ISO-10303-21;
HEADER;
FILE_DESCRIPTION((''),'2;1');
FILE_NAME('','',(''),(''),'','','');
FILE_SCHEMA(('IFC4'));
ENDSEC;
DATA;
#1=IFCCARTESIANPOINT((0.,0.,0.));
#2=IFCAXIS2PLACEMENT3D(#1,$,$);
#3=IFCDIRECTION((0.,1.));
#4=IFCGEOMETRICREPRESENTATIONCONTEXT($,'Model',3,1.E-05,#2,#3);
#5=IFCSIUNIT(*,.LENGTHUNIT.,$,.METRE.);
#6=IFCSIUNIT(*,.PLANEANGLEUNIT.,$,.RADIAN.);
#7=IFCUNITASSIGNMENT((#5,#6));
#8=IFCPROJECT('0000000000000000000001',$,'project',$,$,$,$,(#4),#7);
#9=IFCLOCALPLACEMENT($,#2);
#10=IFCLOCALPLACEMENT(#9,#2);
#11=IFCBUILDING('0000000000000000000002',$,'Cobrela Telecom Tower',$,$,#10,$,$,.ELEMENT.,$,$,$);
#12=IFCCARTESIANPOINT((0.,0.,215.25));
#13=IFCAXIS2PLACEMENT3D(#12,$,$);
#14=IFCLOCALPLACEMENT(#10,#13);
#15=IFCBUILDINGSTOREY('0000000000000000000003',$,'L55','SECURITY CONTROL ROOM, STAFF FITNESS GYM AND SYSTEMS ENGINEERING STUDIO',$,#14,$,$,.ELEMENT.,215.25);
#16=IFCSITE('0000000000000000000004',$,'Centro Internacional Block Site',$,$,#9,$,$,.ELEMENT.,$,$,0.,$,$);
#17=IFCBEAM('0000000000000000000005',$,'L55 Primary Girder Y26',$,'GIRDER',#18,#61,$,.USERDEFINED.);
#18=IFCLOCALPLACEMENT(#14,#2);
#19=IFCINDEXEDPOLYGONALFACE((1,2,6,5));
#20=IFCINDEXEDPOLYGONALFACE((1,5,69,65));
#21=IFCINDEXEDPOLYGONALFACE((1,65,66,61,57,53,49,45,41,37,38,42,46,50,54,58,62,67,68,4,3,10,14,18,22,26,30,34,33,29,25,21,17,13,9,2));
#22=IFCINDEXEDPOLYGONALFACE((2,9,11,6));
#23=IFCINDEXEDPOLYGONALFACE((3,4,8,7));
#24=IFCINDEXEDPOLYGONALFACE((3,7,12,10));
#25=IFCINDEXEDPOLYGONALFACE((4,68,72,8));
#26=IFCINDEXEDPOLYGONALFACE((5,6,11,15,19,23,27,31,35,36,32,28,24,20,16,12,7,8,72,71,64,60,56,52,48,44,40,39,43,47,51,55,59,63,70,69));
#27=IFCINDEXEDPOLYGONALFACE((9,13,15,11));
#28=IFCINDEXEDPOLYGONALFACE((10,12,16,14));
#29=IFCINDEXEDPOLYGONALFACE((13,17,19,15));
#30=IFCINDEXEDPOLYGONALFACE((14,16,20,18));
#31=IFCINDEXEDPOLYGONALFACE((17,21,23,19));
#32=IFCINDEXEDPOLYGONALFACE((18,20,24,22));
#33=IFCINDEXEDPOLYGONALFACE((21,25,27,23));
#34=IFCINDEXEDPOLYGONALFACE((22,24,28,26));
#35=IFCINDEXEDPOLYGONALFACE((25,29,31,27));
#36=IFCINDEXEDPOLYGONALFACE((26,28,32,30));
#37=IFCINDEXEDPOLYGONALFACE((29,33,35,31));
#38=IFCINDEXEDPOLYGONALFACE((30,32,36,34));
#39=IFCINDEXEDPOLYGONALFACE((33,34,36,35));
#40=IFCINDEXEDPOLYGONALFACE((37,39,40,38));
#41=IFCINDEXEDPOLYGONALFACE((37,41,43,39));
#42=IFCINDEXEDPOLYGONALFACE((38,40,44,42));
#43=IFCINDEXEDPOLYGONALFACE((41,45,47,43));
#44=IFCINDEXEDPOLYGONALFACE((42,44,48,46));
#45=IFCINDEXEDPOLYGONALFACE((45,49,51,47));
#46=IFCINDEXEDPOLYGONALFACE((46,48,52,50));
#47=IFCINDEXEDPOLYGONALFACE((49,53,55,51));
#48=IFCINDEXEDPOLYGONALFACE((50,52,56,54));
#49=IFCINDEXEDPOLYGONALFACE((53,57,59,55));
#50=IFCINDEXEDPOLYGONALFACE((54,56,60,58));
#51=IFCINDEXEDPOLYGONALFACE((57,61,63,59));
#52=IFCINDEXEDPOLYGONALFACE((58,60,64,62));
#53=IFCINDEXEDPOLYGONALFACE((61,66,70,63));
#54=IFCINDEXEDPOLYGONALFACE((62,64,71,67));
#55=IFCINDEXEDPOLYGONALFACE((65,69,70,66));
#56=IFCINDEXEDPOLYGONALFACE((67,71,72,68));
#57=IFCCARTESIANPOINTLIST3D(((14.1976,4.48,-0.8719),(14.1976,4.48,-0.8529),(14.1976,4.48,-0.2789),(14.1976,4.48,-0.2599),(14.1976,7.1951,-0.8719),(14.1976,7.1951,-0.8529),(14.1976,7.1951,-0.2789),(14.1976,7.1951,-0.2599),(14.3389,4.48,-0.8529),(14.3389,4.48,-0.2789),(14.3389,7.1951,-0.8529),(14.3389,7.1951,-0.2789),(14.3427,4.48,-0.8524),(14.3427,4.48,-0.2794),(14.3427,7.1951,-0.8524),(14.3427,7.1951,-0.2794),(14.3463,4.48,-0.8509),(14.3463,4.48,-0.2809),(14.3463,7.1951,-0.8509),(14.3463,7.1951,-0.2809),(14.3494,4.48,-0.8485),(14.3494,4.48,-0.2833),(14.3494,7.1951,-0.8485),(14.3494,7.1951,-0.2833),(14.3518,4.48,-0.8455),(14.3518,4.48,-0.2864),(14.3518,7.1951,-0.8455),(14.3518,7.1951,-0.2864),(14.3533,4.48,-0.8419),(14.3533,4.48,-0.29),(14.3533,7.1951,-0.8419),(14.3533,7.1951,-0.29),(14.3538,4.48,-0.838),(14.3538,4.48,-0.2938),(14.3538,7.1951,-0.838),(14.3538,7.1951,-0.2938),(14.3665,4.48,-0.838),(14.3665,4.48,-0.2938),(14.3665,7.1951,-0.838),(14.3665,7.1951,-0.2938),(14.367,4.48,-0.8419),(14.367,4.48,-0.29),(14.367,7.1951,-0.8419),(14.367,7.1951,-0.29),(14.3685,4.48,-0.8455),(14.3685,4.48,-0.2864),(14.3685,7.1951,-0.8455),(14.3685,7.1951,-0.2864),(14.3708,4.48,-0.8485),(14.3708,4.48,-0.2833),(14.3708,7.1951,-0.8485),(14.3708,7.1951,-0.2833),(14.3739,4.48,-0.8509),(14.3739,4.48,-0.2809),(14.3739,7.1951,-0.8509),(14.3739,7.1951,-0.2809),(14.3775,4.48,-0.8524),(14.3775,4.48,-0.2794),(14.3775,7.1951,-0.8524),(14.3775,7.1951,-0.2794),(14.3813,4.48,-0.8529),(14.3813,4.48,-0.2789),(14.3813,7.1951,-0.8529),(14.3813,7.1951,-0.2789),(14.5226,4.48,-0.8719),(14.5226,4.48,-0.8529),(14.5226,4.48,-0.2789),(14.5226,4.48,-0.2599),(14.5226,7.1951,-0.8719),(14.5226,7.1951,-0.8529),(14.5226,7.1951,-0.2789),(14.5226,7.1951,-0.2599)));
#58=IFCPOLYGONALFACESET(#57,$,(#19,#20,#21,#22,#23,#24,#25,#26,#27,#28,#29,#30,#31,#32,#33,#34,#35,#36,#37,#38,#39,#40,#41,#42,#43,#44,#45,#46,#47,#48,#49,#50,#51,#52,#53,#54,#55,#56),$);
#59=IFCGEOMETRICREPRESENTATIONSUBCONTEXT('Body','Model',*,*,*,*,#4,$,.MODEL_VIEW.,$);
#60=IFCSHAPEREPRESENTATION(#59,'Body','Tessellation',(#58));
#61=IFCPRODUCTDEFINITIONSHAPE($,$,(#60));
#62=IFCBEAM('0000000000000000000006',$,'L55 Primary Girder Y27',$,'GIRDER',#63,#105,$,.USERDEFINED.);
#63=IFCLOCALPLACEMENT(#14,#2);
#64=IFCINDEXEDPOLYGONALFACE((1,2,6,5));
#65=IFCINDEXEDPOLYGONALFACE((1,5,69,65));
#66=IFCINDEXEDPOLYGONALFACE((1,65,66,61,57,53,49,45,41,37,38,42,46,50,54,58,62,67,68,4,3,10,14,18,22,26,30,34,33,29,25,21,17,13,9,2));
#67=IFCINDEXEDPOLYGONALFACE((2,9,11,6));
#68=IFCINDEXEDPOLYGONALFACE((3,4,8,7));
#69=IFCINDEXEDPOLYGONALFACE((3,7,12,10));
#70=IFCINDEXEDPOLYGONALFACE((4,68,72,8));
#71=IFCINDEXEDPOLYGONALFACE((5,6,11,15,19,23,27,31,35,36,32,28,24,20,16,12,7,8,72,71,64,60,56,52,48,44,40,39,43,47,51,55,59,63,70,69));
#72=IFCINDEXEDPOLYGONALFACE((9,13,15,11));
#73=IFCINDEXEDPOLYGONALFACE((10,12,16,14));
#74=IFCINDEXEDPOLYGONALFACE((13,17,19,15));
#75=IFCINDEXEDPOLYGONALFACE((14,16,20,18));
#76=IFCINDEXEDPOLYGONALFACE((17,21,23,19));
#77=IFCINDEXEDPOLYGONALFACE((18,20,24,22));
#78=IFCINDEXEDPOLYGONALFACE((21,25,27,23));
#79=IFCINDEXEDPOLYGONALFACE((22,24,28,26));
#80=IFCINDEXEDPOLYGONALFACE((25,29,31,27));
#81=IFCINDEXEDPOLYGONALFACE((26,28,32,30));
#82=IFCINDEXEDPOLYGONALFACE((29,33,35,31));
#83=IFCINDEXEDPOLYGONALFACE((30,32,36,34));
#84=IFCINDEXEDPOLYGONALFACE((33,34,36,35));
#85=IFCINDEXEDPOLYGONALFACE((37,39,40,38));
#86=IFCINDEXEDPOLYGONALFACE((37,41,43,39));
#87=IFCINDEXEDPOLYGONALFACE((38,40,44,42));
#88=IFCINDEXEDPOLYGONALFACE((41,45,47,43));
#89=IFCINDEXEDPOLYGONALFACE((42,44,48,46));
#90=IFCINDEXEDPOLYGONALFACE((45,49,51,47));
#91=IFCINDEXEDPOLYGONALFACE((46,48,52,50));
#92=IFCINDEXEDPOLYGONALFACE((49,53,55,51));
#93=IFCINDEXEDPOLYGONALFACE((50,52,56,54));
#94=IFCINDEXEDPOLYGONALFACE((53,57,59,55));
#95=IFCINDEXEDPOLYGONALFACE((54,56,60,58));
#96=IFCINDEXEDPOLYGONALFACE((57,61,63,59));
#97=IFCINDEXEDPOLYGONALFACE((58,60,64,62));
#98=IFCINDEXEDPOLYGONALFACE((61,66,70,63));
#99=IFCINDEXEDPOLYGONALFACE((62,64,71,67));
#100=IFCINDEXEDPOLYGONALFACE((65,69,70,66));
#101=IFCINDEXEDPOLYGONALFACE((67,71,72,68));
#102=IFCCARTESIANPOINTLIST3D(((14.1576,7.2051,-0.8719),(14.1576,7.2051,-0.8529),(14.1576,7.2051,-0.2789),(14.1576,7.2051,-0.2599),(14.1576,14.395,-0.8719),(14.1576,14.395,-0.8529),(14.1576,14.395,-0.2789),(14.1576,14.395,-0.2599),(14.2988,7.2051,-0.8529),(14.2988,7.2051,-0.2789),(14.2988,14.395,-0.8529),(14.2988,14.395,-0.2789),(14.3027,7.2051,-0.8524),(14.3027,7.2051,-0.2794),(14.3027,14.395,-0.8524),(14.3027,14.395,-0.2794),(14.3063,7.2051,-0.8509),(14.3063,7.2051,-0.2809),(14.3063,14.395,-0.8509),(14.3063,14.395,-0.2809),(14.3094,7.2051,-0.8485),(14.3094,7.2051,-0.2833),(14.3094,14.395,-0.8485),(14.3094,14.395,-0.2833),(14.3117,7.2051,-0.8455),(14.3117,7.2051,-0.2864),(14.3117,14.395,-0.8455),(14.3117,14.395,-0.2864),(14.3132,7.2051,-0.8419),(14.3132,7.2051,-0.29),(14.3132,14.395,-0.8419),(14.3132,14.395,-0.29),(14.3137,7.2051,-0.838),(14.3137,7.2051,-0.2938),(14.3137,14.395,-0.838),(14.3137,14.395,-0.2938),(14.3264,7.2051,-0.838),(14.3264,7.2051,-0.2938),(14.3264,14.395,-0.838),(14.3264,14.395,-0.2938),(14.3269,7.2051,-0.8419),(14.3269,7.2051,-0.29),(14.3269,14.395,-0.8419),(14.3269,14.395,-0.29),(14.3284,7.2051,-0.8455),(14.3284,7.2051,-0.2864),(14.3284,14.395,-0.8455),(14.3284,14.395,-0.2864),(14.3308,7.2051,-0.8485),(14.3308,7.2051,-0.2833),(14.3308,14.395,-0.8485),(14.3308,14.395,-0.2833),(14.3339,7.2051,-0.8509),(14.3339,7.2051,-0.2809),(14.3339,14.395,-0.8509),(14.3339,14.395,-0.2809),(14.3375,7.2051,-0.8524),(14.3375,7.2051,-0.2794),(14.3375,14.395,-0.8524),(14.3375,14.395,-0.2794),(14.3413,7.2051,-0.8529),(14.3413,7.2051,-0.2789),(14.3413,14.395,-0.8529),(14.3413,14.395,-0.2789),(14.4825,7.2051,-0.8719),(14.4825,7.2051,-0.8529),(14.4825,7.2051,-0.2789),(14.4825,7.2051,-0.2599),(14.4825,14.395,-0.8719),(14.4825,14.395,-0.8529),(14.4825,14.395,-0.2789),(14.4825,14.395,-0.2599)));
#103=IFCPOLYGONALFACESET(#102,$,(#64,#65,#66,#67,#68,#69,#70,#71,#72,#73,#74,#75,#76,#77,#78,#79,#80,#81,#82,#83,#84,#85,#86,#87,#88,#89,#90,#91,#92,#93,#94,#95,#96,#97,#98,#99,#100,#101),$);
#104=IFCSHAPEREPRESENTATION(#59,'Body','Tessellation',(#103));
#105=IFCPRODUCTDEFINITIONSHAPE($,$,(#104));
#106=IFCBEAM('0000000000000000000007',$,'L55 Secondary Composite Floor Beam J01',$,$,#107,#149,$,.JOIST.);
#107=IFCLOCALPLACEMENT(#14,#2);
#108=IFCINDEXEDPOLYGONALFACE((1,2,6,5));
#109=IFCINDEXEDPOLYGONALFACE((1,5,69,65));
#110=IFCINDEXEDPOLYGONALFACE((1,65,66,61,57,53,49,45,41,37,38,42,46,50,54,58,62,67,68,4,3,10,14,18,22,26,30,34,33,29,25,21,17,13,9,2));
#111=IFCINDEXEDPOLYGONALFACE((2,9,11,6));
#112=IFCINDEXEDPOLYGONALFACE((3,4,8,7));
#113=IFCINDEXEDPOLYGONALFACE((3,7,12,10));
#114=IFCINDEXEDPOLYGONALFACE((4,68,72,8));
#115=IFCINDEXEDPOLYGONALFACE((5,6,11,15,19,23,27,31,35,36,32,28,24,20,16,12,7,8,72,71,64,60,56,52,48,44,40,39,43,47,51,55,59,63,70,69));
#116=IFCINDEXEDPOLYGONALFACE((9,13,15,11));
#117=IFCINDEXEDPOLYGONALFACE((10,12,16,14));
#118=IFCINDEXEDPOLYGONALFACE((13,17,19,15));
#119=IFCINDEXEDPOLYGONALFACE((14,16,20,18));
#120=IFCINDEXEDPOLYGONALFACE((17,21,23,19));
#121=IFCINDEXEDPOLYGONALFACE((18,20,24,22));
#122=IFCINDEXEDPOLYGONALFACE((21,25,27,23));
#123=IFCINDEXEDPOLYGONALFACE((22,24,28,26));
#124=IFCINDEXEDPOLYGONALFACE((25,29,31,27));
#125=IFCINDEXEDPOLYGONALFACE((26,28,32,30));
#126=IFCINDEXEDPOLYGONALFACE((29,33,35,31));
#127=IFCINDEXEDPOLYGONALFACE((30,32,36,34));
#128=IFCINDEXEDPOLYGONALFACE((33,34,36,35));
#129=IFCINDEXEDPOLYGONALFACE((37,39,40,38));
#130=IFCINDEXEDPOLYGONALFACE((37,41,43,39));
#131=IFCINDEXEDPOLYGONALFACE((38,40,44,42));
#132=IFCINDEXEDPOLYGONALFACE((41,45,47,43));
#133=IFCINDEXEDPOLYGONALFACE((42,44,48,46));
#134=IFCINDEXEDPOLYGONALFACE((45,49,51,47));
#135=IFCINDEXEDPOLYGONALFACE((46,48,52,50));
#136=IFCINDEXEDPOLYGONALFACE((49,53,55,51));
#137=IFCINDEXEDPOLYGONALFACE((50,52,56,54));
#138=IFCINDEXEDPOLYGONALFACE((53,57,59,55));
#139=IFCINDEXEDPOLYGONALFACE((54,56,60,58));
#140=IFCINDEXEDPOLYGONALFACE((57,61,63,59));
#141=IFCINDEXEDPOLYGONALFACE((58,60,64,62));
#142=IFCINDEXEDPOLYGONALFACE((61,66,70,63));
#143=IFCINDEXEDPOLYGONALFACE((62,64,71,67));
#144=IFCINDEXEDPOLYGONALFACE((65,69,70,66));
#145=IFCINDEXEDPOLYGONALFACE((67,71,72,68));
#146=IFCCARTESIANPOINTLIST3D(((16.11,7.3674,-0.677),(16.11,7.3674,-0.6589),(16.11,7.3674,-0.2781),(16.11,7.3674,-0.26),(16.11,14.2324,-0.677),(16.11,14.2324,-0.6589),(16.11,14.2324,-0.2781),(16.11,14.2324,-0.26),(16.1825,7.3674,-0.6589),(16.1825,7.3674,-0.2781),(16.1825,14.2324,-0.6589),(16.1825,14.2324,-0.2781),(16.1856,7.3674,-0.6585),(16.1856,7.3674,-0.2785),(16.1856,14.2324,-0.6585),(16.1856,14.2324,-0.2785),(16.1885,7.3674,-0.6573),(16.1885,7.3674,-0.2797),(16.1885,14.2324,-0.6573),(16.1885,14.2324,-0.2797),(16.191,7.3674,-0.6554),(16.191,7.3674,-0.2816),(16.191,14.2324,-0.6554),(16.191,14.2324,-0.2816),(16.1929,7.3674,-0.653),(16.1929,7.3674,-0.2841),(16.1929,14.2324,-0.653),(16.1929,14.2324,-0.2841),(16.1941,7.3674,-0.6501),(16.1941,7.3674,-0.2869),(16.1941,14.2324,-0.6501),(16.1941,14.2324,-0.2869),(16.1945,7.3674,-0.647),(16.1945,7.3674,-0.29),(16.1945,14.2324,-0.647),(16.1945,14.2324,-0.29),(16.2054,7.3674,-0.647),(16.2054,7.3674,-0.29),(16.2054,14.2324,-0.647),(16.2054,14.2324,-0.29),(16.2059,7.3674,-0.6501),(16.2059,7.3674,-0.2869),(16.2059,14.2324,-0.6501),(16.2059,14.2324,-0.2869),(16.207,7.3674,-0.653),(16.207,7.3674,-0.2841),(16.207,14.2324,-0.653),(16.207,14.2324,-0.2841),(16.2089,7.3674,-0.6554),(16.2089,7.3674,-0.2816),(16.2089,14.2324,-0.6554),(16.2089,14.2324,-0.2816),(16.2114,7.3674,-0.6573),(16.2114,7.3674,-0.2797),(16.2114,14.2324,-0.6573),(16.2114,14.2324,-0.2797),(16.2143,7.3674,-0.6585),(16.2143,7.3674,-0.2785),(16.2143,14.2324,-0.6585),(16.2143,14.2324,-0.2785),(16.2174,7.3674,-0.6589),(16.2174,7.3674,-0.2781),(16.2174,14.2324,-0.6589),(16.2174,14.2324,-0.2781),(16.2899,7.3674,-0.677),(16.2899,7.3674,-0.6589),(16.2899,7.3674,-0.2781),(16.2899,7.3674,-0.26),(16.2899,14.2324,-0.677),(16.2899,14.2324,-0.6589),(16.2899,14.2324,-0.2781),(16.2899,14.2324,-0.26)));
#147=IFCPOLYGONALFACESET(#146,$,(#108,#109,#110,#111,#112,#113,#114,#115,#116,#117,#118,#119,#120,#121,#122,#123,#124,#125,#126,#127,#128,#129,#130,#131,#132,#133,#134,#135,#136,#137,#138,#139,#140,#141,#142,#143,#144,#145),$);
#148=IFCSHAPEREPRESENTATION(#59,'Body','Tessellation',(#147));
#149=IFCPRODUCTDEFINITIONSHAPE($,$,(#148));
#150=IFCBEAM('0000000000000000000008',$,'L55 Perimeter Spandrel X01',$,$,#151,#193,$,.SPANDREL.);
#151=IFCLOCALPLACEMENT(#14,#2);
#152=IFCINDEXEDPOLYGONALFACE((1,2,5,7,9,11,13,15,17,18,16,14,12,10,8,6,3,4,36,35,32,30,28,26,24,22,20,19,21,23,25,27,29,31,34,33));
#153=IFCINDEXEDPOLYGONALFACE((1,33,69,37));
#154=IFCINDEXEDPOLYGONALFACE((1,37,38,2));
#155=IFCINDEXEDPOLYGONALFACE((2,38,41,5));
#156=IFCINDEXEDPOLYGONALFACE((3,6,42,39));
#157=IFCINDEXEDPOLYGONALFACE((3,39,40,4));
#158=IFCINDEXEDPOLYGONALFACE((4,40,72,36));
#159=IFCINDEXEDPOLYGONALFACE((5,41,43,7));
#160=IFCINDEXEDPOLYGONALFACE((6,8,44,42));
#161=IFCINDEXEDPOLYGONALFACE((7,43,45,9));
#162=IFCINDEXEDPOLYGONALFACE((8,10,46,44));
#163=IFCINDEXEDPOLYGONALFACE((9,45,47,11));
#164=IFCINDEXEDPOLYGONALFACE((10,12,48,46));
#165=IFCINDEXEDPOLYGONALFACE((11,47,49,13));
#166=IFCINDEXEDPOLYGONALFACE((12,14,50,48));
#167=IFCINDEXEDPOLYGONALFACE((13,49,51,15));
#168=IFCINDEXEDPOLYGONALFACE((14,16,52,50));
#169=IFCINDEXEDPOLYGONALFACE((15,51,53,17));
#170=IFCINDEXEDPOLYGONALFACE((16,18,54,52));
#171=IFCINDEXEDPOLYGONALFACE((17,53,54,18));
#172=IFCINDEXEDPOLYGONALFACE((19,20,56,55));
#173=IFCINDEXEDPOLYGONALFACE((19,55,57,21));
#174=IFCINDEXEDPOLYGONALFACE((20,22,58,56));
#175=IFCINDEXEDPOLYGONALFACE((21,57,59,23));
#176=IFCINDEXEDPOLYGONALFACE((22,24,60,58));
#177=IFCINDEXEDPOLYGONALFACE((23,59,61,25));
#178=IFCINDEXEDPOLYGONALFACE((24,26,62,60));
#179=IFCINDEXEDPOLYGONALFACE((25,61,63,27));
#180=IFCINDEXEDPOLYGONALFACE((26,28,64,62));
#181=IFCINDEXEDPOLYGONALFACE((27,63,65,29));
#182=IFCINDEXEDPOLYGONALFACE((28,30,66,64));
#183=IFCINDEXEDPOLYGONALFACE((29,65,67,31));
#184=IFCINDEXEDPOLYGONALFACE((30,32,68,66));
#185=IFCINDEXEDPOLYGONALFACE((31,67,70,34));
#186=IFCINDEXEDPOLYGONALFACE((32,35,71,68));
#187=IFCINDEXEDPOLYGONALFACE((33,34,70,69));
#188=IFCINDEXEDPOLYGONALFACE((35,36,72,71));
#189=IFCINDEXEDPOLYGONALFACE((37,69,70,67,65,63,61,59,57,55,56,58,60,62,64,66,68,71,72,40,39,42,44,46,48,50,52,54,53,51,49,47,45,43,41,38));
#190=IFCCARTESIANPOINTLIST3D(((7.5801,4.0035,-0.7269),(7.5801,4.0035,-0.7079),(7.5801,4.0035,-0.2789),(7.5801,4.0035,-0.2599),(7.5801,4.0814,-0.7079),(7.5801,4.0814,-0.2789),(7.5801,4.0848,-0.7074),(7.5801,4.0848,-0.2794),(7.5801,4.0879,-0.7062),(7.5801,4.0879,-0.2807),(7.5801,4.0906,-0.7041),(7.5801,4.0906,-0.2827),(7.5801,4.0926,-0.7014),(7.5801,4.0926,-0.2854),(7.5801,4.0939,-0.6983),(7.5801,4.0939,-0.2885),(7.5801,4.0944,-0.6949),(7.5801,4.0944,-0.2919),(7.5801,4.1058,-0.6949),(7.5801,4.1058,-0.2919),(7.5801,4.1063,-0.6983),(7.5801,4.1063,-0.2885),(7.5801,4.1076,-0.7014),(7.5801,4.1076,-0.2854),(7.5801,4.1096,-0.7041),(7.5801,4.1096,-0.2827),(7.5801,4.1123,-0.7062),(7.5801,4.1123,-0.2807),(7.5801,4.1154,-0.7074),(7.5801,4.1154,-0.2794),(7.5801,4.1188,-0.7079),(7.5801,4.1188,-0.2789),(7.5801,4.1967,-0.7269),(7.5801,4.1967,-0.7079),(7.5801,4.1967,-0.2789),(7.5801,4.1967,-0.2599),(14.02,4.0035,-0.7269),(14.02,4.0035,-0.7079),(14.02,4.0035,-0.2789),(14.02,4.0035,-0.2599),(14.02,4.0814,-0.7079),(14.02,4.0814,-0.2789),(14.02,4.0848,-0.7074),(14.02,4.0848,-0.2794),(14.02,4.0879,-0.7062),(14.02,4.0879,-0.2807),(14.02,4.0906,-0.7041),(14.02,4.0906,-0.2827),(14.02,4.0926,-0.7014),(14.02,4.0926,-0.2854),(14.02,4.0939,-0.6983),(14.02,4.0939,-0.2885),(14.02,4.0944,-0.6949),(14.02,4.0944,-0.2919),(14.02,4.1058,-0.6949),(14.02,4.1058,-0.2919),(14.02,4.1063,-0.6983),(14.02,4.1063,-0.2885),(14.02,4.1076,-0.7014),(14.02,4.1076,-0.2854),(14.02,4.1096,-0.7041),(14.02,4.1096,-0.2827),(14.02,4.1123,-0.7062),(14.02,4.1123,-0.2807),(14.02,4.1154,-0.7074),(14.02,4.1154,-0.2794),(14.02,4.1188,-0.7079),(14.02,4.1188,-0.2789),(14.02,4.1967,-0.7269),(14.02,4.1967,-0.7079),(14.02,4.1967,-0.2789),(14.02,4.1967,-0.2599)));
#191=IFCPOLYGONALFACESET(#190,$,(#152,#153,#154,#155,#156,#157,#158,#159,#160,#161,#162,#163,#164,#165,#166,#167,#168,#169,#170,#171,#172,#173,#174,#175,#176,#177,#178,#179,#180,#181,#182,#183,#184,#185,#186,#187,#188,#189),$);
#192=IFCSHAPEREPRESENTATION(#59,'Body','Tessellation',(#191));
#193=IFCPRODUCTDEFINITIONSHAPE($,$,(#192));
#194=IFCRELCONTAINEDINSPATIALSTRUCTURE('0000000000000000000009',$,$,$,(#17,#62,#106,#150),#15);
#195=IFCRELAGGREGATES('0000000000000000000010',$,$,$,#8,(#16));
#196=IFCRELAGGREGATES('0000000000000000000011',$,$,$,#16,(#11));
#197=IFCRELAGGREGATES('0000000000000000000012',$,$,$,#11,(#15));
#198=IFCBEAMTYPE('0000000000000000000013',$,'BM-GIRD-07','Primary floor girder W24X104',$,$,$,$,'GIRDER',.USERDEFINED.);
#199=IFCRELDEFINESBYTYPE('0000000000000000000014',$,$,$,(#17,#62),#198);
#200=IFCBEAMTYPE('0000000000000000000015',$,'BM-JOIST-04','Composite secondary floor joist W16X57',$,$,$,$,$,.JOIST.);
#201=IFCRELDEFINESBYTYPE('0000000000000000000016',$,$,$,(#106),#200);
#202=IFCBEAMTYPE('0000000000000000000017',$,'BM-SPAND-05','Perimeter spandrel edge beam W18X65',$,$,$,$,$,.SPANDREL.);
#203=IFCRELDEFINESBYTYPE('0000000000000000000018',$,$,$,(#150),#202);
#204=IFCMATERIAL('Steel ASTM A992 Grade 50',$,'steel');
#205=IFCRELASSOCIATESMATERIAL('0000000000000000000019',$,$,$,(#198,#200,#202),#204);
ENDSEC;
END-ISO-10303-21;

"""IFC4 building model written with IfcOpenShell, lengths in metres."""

from ifc_helpers import new_model, si_unit, direction, frame, origin, origin_2d, place, context, subcontext, project, spatial, i_section, extrude, material, material_profile, profile_set, type_object, element, save


model = new_model("IFC4")

# Units and contexts
model_context = context("Model", 3, precision=1e-05, world=origin(), true_north=direction((0.0, 1.0)))
body_context = subcontext(model_context, "Body", "Model", "MODEL_VIEW")
ifc_project = project(units=[si_unit("LENGTHUNIT", "METRE"), si_unit("PLANEANGLEUNIT", "RADIAN")], contexts=[model_context])

# Site, building, storey
site_placement = place(None, origin())
site = spatial("IfcSite", under=ifc_project, at=site_placement, Name="Centro Internacional Block Site", CompositionType="ELEMENT", RefElevation=0.0)
building_placement = place(site_placement, origin())
building = spatial("IfcBuilding", under=site, at=building_placement, Name="Cobrela Telecom Tower", CompositionType="ELEMENT")
storey_placement = place(building_placement, frame((0.0, 0.0, 215.25)))
storey = spatial("IfcBuildingStorey", under=building, at=storey_placement, Name="L55", Description="SECURITY CONTROL ROOM, STAFF FITNESS GYM AND SYSTEMS ENGINEERING STUDIO", CompositionType="ELEMENT", Elevation=215.25)

# Beams
ifc_material_1 = material(Name="Steel ASTM A992 Grade 50", Category="steel")
ifc_material_profile_1 = material_profile(ifc_material_1, i_section(OverallWidth=0.325, OverallDepth=0.6121, WebThickness=0.0127, FlangeThickness=0.019, FilletRadius=0.0149, at=origin_2d()), Name="W24X104")
ifc_profile_set_1 = profile_set([ifc_material_profile_1], Name="Steel ASTM A992 Grade 50")
beam_type_1 = type_object("IfcBeamType", Name="BM-GIRD-07", Description="Primary floor girder W24X104", ElementType="GIRDER", PredefinedType="USERDEFINED", material=ifc_profile_set_1)
beam_1_placement = place(storey_placement, frame((14.3601, 4.48, -0.5659), z_axis=(0.0, 1.0, 0.0), x_axis=(-1.0, 0.0, 0.0)))
element("IfcBeam", 1, at=beam_1_placement, inside=storey, type_object=beam_type_1, Name="L55 Primary Girder Y26", ObjectType="GIRDER", PredefinedType="USERDEFINED", context=body_context, shape_type="SweptSolid", body=[
    extrude(i_section(OverallWidth=0.325, OverallDepth=0.6121, WebThickness=0.0127, FlangeThickness=0.019, FilletRadius=0.0149, at=origin_2d()), origin(), (0.0, 0.0, 1.0), 2.7151),
])
beam_2_placement = place(storey_placement, frame((14.3201, 7.2051, -0.5659), z_axis=(0.0, 1.0, 0.0), x_axis=(-1.0, 0.0, 0.0)))
element("IfcBeam", 2, at=beam_2_placement, inside=storey, type_object=beam_type_1, Name="L55 Primary Girder Y27", ObjectType="GIRDER", PredefinedType="USERDEFINED", context=body_context, shape_type="SweptSolid", body=[
    extrude(i_section(OverallWidth=0.325, OverallDepth=0.6121, WebThickness=0.0127, FlangeThickness=0.019, FilletRadius=0.0149, at=origin_2d()), origin(), (0.0, 0.0, 1.0), 7.1899),
])
ifc_material_profile_2 = material_profile(ifc_material_1, i_section(OverallWidth=0.1799, OverallDepth=0.417, WebThickness=0.011, FlangeThickness=0.0181, FilletRadius=0.012, at=origin_2d()), Name="W16X57")
ifc_profile_set_2 = profile_set([ifc_material_profile_2], Name="Steel ASTM A992 Grade 50")
beam_type_2 = type_object("IfcBeamType", Name="BM-JOIST-04", Description="Composite secondary floor joist W16X57", PredefinedType="JOIST", material=ifc_profile_set_2)
beam_3_placement = place(storey_placement, frame((16.2, 7.3674, -0.4685), z_axis=(0.0, 1.0, 0.0), x_axis=(-1.0, 0.0, 0.0)))
element("IfcBeam", 3, at=beam_3_placement, inside=storey, type_object=beam_type_2, Name="L55 Secondary Composite Floor Beam J01", PredefinedType="JOIST", context=body_context, shape_type="SweptSolid", body=[
    extrude(i_section(OverallWidth=0.1799, OverallDepth=0.417, WebThickness=0.011, FlangeThickness=0.0181, FilletRadius=0.012, at=origin_2d()), origin(), (0.0, 0.0, 1.0), 6.865),
])
ifc_material_profile_3 = material_profile(ifc_material_1, i_section(OverallWidth=0.1931, OverallDepth=0.467, WebThickness=0.0115, FlangeThickness=0.019, FilletRadius=0.0129, at=origin_2d()), Name="W18X65")
ifc_profile_set_3 = profile_set([ifc_material_profile_3], Name="Steel ASTM A992 Grade 50")
beam_type_3 = type_object("IfcBeamType", Name="BM-SPAND-05", Description="Perimeter spandrel edge beam W18X65", PredefinedType="SPANDREL", material=ifc_profile_set_3)
for number, where, z_axis, x_axis, name in (
    (4, (7.5801, 4.1001, -0.4934), (1.0, 0.0, 0.0), (0.0, 1.0, 0.0), "L55 Perimeter Spandrel X01"),
):
    element("IfcBeam", number, at=place(storey_placement, frame(where, z_axis=z_axis, x_axis=x_axis)), inside=storey, type_object=beam_type_3, Name=name, PredefinedType="SPANDREL", context=body_context, shape_type="SweptSolid", body=[
        extrude(i_section(OverallWidth=0.1931, OverallDepth=0.467, WebThickness=0.0115, FlangeThickness=0.019, FilletRadius=0.0129, at=origin_2d()), origin(), (0.0, 0.0, 1.0), 6.4399),
    ])

save(model, "model.ifc")
